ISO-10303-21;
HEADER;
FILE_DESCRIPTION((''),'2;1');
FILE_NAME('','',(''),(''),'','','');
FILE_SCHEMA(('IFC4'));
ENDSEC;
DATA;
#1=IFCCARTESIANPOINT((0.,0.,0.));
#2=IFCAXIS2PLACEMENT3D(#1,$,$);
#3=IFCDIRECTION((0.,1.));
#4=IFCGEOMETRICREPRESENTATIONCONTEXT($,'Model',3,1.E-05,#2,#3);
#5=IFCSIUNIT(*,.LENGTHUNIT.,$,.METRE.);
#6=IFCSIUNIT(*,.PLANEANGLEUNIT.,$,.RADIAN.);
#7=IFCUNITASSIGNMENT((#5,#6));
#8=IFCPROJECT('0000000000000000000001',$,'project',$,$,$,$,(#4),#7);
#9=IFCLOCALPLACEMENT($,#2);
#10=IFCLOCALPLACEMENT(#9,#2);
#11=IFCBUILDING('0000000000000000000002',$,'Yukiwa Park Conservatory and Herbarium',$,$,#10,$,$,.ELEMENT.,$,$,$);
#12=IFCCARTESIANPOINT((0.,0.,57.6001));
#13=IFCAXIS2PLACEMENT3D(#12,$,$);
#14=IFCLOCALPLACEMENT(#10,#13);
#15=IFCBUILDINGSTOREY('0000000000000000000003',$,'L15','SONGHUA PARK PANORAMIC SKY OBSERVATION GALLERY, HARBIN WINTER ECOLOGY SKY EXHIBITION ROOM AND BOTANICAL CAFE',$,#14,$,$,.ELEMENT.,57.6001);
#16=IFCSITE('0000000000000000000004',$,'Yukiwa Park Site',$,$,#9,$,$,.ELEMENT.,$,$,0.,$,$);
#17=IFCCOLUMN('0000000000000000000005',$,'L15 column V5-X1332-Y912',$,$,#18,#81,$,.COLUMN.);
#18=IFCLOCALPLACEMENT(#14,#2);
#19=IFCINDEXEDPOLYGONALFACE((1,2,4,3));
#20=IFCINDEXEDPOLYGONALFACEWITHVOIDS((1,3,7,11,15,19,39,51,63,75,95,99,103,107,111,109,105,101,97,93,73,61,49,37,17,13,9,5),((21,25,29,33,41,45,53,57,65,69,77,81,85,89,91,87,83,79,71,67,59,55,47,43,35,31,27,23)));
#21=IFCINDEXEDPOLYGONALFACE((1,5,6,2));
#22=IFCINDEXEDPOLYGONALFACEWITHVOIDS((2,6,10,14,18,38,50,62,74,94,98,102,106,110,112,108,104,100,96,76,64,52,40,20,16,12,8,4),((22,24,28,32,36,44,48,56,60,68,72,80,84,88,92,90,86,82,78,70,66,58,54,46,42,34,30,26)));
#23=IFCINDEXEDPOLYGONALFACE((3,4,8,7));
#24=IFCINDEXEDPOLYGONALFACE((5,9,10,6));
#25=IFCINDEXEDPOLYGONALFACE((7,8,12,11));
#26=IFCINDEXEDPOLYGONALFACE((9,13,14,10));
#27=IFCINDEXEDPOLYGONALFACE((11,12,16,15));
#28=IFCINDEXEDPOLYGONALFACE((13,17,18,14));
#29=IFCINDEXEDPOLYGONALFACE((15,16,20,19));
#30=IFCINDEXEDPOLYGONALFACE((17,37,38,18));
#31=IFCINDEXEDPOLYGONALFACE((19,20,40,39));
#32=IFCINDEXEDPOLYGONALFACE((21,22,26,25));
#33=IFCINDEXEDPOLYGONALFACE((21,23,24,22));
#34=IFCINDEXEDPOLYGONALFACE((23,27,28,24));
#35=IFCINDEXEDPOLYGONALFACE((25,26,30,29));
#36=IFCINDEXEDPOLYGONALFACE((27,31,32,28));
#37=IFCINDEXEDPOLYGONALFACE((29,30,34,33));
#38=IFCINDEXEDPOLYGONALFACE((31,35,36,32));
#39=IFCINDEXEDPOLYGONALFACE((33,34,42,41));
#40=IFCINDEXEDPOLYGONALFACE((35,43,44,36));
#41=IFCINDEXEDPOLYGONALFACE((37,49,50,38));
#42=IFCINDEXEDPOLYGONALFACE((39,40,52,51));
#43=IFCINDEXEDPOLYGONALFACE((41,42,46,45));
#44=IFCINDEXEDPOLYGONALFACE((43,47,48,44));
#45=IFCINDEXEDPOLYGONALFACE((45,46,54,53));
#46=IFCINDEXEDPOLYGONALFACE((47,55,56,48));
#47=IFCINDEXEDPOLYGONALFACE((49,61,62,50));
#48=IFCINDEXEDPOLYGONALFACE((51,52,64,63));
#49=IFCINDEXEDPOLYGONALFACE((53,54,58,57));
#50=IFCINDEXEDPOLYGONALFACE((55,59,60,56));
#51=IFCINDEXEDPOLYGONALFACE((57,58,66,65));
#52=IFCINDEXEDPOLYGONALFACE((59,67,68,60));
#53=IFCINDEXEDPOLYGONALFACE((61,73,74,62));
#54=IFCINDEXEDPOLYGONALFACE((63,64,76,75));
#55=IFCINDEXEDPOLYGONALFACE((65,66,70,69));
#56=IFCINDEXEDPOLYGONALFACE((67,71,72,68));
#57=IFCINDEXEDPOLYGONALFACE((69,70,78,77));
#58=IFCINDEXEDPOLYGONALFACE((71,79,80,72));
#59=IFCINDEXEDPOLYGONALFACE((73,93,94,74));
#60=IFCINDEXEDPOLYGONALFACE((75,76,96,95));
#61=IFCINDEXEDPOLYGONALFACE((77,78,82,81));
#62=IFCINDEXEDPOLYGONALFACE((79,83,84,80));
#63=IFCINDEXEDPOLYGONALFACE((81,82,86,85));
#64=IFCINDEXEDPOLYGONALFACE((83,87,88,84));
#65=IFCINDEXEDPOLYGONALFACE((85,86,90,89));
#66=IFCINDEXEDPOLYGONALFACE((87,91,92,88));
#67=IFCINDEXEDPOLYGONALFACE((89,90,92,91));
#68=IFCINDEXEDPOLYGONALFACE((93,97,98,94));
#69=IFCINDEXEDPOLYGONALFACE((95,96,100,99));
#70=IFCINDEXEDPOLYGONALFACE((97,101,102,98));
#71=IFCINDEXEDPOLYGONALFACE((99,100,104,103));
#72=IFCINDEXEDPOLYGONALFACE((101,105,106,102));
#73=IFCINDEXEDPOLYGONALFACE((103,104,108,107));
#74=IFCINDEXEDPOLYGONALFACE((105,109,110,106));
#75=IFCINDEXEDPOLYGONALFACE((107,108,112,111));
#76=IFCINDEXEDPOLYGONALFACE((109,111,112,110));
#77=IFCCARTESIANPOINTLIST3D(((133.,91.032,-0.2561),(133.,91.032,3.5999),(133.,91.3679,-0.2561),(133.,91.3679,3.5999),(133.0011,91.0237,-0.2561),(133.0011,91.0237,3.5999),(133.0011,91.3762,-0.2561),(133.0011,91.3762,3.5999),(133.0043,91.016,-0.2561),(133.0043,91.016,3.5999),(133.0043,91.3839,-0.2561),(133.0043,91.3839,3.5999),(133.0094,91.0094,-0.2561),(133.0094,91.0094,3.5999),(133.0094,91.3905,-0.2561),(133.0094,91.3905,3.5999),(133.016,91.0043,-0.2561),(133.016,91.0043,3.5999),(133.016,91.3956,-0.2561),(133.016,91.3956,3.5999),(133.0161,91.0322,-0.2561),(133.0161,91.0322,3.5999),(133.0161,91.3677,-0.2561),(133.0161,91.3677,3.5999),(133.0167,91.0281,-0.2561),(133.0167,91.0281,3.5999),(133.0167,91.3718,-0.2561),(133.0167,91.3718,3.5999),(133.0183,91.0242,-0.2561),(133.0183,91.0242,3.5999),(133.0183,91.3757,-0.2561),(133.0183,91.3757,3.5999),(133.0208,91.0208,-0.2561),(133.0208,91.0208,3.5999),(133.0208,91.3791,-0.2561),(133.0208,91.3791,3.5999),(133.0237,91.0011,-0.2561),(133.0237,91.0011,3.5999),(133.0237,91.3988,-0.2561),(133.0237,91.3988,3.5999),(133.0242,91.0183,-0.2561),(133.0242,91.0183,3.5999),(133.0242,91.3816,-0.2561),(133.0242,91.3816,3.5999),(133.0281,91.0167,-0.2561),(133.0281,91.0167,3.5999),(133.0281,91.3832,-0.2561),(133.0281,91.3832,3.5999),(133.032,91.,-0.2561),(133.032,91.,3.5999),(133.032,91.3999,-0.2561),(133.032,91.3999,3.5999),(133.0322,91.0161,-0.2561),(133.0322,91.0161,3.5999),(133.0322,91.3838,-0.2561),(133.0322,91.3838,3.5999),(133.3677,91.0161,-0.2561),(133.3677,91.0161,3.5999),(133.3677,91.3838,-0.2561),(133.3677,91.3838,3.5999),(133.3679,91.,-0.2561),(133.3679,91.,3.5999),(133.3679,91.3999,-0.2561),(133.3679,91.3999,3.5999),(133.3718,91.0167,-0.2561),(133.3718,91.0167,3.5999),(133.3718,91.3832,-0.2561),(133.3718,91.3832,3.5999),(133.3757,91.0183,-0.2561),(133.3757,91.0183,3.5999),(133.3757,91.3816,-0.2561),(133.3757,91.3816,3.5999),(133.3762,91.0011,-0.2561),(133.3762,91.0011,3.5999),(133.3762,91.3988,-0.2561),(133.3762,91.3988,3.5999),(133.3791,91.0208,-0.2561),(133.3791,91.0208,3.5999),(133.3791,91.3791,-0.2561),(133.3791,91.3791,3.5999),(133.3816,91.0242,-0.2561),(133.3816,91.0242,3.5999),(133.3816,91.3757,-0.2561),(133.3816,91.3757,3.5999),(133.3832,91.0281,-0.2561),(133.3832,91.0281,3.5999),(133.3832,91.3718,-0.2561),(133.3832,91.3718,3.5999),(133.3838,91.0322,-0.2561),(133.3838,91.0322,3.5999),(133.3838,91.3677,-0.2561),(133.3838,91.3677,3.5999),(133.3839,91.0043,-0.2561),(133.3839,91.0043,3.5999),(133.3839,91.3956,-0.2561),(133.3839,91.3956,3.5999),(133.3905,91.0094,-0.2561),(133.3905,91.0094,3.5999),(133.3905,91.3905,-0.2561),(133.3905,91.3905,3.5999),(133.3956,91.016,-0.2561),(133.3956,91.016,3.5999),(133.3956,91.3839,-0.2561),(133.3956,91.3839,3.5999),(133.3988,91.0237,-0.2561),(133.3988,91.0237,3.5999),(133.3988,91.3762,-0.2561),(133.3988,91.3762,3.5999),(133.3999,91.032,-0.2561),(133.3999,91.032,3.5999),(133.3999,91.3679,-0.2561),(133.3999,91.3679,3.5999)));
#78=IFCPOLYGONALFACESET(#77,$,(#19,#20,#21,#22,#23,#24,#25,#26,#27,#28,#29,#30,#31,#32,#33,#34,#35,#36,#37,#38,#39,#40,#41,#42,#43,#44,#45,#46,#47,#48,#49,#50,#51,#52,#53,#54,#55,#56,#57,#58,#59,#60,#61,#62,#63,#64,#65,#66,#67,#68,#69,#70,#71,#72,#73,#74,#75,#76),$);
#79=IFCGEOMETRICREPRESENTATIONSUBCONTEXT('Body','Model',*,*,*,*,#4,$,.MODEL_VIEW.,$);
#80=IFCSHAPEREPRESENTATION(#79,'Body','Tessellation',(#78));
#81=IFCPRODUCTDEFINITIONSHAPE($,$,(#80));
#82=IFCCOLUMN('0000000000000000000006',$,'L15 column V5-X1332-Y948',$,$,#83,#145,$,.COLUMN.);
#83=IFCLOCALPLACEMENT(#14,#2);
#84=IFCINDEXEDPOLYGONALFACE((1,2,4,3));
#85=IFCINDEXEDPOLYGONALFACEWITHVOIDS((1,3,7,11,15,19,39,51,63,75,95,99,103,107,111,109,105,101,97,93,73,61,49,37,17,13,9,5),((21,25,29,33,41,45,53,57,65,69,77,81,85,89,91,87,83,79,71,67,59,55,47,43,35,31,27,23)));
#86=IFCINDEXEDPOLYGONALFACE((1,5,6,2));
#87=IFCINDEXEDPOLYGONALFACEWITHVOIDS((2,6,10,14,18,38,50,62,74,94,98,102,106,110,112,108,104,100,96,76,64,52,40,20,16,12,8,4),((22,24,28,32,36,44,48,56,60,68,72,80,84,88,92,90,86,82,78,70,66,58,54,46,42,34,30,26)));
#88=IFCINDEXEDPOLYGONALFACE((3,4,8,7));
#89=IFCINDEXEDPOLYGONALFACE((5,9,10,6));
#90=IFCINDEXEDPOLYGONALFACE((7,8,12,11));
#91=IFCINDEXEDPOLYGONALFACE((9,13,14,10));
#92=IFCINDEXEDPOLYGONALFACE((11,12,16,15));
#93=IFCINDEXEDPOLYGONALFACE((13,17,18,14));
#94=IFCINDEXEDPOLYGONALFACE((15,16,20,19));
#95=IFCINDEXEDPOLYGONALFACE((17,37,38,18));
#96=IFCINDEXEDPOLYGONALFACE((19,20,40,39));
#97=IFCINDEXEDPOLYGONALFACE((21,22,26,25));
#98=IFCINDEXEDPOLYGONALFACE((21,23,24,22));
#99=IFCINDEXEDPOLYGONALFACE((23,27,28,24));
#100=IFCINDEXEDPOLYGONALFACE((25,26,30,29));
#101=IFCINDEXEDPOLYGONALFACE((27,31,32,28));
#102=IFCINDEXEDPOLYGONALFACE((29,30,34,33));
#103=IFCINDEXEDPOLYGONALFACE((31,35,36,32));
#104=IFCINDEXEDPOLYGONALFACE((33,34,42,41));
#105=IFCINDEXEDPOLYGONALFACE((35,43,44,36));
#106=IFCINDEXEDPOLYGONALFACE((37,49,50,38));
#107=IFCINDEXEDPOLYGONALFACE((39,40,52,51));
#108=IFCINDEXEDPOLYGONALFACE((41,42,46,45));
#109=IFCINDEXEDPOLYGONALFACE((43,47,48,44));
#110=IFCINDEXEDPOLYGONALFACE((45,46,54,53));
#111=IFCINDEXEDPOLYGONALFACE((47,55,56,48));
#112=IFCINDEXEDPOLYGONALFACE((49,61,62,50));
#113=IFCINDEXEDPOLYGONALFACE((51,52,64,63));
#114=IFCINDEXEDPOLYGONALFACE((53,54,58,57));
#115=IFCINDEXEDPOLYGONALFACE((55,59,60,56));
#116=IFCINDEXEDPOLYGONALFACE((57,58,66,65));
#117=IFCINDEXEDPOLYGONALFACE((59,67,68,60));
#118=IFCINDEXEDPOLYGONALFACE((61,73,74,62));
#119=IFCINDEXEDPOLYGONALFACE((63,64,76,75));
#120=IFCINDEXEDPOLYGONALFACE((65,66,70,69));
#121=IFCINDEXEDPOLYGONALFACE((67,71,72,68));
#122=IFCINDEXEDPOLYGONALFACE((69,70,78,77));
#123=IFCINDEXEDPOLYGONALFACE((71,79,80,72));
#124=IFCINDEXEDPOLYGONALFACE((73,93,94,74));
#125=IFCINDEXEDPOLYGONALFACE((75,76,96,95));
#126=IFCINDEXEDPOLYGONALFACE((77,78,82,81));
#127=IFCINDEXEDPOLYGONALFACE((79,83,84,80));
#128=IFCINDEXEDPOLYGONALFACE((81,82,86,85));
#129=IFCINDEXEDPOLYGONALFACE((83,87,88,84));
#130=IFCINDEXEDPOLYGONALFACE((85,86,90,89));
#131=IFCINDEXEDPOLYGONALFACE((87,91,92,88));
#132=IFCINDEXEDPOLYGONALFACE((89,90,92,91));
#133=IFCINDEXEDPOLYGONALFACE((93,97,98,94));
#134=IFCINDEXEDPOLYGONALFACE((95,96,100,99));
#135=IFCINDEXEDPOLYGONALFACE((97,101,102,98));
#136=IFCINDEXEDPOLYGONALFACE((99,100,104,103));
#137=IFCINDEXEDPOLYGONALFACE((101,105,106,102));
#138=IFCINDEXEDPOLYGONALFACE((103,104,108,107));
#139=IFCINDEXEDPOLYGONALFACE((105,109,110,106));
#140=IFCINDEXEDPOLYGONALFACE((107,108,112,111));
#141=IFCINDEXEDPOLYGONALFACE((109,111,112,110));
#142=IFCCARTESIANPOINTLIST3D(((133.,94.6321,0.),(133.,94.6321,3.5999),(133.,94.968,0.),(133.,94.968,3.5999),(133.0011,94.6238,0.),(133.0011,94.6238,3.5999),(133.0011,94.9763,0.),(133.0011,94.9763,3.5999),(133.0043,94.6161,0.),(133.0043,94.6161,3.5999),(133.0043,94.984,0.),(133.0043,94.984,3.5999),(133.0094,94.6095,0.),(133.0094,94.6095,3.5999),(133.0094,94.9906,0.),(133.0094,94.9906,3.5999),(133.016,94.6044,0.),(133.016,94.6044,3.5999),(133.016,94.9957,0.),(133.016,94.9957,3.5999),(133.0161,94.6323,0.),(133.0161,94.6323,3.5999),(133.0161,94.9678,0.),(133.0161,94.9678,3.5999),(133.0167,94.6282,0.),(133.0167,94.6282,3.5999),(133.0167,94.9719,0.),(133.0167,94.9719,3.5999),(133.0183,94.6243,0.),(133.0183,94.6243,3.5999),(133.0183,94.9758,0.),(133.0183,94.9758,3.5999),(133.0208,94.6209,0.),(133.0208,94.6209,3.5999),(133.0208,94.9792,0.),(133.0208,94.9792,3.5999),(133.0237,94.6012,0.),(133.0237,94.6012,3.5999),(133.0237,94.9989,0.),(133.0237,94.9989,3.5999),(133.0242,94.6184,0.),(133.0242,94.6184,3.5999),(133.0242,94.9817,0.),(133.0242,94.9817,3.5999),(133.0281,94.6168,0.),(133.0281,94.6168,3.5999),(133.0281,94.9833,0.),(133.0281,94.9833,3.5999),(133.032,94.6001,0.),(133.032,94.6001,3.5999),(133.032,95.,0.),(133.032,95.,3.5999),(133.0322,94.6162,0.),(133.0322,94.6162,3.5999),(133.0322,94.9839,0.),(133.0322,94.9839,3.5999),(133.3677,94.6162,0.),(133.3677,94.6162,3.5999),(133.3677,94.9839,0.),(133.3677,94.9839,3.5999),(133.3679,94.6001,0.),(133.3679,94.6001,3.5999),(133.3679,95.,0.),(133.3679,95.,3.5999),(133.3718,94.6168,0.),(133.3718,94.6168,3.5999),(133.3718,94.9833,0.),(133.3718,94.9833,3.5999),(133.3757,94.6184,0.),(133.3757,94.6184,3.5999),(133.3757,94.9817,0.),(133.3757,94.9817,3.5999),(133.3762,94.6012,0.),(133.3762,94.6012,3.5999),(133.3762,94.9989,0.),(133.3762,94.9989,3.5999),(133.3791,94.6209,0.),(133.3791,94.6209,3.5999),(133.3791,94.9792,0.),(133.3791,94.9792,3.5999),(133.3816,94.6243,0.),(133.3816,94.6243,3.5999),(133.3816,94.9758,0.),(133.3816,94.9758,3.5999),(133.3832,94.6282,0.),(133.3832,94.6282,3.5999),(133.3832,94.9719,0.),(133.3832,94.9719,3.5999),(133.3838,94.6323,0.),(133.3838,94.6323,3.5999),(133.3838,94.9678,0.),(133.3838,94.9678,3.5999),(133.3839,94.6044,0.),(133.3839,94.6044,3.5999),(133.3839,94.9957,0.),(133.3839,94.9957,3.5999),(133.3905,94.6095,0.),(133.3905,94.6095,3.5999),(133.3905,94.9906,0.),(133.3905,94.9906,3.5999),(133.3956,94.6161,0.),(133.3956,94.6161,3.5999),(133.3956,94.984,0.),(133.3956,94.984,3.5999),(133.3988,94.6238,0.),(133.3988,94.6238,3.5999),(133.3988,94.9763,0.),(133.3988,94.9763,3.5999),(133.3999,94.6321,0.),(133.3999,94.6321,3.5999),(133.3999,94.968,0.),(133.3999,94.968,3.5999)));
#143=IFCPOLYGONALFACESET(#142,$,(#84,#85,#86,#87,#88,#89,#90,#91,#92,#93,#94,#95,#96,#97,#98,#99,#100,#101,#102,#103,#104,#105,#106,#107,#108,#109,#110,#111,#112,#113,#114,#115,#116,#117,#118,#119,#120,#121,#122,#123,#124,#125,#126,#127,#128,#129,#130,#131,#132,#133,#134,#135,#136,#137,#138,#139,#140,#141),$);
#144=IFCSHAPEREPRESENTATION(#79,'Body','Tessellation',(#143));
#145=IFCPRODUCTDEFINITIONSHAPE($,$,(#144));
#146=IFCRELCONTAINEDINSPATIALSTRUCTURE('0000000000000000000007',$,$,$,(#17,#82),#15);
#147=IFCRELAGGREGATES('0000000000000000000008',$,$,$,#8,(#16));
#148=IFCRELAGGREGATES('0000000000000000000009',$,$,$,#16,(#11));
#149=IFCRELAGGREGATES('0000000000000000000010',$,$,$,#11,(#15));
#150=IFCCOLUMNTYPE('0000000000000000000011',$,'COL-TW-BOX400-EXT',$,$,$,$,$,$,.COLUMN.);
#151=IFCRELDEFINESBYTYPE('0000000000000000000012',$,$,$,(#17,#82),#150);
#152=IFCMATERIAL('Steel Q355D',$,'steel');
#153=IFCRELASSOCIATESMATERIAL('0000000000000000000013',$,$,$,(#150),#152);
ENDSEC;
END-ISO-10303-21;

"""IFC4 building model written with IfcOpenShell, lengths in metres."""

from ifc_helpers import new_model, si_unit, direction, frame, origin, origin_2d, place, context, subcontext, project, spatial, hollow_rectangle, extrude, material, material_profile, profile_set, type_object, element, save


model = new_model("IFC4")

# Units and contexts
model_context = context("Model", 3, precision=1e-05, world=origin(), true_north=direction((0.0, 1.0)))
body_context = subcontext(model_context, "Body", "Model", "MODEL_VIEW")
ifc_project = project(units=[si_unit("LENGTHUNIT", "METRE"), si_unit("PLANEANGLEUNIT", "RADIAN")], contexts=[model_context])

# Site, building, storey
site_placement = place(None, origin())
site = spatial("IfcSite", under=ifc_project, at=site_placement, Name="Yukiwa Park Site", CompositionType="ELEMENT", RefElevation=0.0)
building_placement = place(site_placement, origin())
building = spatial("IfcBuilding", under=site, at=building_placement, Name="Yukiwa Park Conservatory and Herbarium", CompositionType="ELEMENT")
storey_placement = place(building_placement, frame((0.0, 0.0, 57.6001)))
storey = spatial("IfcBuildingStorey", under=building, at=storey_placement, Name="L15", Description="SONGHUA PARK PANORAMIC SKY OBSERVATION GALLERY, HARBIN WINTER ECOLOGY SKY EXHIBITION ROOM AND BOTANICAL CAFE", CompositionType="ELEMENT", Elevation=57.6001)

# Columns
ifc_material_1 = material(Name="Steel Q355D", Category="steel")
ifc_material_profile_1 = material_profile(ifc_material_1, hollow_rectangle(XDim=0.3999, YDim=0.3999, WallThickness=0.0161, InnerFilletRadius=0.0161, OuterFilletRadius=0.032, at=origin_2d()), Name="BOX 400x400x16")
ifc_profile_set_1 = profile_set([ifc_material_profile_1], Name="Steel Q355D")
column_type = type_object("IfcColumnType", Name="COL-TW-BOX400-EXT", PredefinedType="COLUMN", material=ifc_profile_set_1)
column_placement = place(storey_placement, frame((133.2, 91.2, -0.2561), z_axis=(0.0, 0.0, 1.0), x_axis=(1.0, 0.0, 0.0)))
element("IfcColumn", 1, at=column_placement, inside=storey, type_object=column_type, Name="L15 column V5-X1332-Y912", PredefinedType="COLUMN", context=body_context, shape_type="SweptSolid", body=[
    extrude(hollow_rectangle(XDim=0.3999, YDim=0.3999, WallThickness=0.0161, InnerFilletRadius=0.0161, OuterFilletRadius=0.032, at=origin_2d()), origin(), (0.0, 0.0, 1.0), 3.856),
])
for number, where, z_axis, x_axis, name in (
    (2, (133.2, 94.8, 0.0), (0.0, 0.0, 1.0), (1.0, 0.0, 0.0), "L15 column V5-X1332-Y948"),
):
    element("IfcColumn", number, at=place(storey_placement, frame(where, z_axis=z_axis, x_axis=x_axis)), inside=storey, type_object=column_type, Name=name, PredefinedType="COLUMN", context=body_context, shape_type="SweptSolid", body=[
        extrude(hollow_rectangle(XDim=0.3999, YDim=0.3999, WallThickness=0.0161, InnerFilletRadius=0.0161, OuterFilletRadius=0.032, at=origin_2d()), origin(), (0.0, 0.0, 1.0), 3.5999),
    ])

save(model, "model.ifc")
